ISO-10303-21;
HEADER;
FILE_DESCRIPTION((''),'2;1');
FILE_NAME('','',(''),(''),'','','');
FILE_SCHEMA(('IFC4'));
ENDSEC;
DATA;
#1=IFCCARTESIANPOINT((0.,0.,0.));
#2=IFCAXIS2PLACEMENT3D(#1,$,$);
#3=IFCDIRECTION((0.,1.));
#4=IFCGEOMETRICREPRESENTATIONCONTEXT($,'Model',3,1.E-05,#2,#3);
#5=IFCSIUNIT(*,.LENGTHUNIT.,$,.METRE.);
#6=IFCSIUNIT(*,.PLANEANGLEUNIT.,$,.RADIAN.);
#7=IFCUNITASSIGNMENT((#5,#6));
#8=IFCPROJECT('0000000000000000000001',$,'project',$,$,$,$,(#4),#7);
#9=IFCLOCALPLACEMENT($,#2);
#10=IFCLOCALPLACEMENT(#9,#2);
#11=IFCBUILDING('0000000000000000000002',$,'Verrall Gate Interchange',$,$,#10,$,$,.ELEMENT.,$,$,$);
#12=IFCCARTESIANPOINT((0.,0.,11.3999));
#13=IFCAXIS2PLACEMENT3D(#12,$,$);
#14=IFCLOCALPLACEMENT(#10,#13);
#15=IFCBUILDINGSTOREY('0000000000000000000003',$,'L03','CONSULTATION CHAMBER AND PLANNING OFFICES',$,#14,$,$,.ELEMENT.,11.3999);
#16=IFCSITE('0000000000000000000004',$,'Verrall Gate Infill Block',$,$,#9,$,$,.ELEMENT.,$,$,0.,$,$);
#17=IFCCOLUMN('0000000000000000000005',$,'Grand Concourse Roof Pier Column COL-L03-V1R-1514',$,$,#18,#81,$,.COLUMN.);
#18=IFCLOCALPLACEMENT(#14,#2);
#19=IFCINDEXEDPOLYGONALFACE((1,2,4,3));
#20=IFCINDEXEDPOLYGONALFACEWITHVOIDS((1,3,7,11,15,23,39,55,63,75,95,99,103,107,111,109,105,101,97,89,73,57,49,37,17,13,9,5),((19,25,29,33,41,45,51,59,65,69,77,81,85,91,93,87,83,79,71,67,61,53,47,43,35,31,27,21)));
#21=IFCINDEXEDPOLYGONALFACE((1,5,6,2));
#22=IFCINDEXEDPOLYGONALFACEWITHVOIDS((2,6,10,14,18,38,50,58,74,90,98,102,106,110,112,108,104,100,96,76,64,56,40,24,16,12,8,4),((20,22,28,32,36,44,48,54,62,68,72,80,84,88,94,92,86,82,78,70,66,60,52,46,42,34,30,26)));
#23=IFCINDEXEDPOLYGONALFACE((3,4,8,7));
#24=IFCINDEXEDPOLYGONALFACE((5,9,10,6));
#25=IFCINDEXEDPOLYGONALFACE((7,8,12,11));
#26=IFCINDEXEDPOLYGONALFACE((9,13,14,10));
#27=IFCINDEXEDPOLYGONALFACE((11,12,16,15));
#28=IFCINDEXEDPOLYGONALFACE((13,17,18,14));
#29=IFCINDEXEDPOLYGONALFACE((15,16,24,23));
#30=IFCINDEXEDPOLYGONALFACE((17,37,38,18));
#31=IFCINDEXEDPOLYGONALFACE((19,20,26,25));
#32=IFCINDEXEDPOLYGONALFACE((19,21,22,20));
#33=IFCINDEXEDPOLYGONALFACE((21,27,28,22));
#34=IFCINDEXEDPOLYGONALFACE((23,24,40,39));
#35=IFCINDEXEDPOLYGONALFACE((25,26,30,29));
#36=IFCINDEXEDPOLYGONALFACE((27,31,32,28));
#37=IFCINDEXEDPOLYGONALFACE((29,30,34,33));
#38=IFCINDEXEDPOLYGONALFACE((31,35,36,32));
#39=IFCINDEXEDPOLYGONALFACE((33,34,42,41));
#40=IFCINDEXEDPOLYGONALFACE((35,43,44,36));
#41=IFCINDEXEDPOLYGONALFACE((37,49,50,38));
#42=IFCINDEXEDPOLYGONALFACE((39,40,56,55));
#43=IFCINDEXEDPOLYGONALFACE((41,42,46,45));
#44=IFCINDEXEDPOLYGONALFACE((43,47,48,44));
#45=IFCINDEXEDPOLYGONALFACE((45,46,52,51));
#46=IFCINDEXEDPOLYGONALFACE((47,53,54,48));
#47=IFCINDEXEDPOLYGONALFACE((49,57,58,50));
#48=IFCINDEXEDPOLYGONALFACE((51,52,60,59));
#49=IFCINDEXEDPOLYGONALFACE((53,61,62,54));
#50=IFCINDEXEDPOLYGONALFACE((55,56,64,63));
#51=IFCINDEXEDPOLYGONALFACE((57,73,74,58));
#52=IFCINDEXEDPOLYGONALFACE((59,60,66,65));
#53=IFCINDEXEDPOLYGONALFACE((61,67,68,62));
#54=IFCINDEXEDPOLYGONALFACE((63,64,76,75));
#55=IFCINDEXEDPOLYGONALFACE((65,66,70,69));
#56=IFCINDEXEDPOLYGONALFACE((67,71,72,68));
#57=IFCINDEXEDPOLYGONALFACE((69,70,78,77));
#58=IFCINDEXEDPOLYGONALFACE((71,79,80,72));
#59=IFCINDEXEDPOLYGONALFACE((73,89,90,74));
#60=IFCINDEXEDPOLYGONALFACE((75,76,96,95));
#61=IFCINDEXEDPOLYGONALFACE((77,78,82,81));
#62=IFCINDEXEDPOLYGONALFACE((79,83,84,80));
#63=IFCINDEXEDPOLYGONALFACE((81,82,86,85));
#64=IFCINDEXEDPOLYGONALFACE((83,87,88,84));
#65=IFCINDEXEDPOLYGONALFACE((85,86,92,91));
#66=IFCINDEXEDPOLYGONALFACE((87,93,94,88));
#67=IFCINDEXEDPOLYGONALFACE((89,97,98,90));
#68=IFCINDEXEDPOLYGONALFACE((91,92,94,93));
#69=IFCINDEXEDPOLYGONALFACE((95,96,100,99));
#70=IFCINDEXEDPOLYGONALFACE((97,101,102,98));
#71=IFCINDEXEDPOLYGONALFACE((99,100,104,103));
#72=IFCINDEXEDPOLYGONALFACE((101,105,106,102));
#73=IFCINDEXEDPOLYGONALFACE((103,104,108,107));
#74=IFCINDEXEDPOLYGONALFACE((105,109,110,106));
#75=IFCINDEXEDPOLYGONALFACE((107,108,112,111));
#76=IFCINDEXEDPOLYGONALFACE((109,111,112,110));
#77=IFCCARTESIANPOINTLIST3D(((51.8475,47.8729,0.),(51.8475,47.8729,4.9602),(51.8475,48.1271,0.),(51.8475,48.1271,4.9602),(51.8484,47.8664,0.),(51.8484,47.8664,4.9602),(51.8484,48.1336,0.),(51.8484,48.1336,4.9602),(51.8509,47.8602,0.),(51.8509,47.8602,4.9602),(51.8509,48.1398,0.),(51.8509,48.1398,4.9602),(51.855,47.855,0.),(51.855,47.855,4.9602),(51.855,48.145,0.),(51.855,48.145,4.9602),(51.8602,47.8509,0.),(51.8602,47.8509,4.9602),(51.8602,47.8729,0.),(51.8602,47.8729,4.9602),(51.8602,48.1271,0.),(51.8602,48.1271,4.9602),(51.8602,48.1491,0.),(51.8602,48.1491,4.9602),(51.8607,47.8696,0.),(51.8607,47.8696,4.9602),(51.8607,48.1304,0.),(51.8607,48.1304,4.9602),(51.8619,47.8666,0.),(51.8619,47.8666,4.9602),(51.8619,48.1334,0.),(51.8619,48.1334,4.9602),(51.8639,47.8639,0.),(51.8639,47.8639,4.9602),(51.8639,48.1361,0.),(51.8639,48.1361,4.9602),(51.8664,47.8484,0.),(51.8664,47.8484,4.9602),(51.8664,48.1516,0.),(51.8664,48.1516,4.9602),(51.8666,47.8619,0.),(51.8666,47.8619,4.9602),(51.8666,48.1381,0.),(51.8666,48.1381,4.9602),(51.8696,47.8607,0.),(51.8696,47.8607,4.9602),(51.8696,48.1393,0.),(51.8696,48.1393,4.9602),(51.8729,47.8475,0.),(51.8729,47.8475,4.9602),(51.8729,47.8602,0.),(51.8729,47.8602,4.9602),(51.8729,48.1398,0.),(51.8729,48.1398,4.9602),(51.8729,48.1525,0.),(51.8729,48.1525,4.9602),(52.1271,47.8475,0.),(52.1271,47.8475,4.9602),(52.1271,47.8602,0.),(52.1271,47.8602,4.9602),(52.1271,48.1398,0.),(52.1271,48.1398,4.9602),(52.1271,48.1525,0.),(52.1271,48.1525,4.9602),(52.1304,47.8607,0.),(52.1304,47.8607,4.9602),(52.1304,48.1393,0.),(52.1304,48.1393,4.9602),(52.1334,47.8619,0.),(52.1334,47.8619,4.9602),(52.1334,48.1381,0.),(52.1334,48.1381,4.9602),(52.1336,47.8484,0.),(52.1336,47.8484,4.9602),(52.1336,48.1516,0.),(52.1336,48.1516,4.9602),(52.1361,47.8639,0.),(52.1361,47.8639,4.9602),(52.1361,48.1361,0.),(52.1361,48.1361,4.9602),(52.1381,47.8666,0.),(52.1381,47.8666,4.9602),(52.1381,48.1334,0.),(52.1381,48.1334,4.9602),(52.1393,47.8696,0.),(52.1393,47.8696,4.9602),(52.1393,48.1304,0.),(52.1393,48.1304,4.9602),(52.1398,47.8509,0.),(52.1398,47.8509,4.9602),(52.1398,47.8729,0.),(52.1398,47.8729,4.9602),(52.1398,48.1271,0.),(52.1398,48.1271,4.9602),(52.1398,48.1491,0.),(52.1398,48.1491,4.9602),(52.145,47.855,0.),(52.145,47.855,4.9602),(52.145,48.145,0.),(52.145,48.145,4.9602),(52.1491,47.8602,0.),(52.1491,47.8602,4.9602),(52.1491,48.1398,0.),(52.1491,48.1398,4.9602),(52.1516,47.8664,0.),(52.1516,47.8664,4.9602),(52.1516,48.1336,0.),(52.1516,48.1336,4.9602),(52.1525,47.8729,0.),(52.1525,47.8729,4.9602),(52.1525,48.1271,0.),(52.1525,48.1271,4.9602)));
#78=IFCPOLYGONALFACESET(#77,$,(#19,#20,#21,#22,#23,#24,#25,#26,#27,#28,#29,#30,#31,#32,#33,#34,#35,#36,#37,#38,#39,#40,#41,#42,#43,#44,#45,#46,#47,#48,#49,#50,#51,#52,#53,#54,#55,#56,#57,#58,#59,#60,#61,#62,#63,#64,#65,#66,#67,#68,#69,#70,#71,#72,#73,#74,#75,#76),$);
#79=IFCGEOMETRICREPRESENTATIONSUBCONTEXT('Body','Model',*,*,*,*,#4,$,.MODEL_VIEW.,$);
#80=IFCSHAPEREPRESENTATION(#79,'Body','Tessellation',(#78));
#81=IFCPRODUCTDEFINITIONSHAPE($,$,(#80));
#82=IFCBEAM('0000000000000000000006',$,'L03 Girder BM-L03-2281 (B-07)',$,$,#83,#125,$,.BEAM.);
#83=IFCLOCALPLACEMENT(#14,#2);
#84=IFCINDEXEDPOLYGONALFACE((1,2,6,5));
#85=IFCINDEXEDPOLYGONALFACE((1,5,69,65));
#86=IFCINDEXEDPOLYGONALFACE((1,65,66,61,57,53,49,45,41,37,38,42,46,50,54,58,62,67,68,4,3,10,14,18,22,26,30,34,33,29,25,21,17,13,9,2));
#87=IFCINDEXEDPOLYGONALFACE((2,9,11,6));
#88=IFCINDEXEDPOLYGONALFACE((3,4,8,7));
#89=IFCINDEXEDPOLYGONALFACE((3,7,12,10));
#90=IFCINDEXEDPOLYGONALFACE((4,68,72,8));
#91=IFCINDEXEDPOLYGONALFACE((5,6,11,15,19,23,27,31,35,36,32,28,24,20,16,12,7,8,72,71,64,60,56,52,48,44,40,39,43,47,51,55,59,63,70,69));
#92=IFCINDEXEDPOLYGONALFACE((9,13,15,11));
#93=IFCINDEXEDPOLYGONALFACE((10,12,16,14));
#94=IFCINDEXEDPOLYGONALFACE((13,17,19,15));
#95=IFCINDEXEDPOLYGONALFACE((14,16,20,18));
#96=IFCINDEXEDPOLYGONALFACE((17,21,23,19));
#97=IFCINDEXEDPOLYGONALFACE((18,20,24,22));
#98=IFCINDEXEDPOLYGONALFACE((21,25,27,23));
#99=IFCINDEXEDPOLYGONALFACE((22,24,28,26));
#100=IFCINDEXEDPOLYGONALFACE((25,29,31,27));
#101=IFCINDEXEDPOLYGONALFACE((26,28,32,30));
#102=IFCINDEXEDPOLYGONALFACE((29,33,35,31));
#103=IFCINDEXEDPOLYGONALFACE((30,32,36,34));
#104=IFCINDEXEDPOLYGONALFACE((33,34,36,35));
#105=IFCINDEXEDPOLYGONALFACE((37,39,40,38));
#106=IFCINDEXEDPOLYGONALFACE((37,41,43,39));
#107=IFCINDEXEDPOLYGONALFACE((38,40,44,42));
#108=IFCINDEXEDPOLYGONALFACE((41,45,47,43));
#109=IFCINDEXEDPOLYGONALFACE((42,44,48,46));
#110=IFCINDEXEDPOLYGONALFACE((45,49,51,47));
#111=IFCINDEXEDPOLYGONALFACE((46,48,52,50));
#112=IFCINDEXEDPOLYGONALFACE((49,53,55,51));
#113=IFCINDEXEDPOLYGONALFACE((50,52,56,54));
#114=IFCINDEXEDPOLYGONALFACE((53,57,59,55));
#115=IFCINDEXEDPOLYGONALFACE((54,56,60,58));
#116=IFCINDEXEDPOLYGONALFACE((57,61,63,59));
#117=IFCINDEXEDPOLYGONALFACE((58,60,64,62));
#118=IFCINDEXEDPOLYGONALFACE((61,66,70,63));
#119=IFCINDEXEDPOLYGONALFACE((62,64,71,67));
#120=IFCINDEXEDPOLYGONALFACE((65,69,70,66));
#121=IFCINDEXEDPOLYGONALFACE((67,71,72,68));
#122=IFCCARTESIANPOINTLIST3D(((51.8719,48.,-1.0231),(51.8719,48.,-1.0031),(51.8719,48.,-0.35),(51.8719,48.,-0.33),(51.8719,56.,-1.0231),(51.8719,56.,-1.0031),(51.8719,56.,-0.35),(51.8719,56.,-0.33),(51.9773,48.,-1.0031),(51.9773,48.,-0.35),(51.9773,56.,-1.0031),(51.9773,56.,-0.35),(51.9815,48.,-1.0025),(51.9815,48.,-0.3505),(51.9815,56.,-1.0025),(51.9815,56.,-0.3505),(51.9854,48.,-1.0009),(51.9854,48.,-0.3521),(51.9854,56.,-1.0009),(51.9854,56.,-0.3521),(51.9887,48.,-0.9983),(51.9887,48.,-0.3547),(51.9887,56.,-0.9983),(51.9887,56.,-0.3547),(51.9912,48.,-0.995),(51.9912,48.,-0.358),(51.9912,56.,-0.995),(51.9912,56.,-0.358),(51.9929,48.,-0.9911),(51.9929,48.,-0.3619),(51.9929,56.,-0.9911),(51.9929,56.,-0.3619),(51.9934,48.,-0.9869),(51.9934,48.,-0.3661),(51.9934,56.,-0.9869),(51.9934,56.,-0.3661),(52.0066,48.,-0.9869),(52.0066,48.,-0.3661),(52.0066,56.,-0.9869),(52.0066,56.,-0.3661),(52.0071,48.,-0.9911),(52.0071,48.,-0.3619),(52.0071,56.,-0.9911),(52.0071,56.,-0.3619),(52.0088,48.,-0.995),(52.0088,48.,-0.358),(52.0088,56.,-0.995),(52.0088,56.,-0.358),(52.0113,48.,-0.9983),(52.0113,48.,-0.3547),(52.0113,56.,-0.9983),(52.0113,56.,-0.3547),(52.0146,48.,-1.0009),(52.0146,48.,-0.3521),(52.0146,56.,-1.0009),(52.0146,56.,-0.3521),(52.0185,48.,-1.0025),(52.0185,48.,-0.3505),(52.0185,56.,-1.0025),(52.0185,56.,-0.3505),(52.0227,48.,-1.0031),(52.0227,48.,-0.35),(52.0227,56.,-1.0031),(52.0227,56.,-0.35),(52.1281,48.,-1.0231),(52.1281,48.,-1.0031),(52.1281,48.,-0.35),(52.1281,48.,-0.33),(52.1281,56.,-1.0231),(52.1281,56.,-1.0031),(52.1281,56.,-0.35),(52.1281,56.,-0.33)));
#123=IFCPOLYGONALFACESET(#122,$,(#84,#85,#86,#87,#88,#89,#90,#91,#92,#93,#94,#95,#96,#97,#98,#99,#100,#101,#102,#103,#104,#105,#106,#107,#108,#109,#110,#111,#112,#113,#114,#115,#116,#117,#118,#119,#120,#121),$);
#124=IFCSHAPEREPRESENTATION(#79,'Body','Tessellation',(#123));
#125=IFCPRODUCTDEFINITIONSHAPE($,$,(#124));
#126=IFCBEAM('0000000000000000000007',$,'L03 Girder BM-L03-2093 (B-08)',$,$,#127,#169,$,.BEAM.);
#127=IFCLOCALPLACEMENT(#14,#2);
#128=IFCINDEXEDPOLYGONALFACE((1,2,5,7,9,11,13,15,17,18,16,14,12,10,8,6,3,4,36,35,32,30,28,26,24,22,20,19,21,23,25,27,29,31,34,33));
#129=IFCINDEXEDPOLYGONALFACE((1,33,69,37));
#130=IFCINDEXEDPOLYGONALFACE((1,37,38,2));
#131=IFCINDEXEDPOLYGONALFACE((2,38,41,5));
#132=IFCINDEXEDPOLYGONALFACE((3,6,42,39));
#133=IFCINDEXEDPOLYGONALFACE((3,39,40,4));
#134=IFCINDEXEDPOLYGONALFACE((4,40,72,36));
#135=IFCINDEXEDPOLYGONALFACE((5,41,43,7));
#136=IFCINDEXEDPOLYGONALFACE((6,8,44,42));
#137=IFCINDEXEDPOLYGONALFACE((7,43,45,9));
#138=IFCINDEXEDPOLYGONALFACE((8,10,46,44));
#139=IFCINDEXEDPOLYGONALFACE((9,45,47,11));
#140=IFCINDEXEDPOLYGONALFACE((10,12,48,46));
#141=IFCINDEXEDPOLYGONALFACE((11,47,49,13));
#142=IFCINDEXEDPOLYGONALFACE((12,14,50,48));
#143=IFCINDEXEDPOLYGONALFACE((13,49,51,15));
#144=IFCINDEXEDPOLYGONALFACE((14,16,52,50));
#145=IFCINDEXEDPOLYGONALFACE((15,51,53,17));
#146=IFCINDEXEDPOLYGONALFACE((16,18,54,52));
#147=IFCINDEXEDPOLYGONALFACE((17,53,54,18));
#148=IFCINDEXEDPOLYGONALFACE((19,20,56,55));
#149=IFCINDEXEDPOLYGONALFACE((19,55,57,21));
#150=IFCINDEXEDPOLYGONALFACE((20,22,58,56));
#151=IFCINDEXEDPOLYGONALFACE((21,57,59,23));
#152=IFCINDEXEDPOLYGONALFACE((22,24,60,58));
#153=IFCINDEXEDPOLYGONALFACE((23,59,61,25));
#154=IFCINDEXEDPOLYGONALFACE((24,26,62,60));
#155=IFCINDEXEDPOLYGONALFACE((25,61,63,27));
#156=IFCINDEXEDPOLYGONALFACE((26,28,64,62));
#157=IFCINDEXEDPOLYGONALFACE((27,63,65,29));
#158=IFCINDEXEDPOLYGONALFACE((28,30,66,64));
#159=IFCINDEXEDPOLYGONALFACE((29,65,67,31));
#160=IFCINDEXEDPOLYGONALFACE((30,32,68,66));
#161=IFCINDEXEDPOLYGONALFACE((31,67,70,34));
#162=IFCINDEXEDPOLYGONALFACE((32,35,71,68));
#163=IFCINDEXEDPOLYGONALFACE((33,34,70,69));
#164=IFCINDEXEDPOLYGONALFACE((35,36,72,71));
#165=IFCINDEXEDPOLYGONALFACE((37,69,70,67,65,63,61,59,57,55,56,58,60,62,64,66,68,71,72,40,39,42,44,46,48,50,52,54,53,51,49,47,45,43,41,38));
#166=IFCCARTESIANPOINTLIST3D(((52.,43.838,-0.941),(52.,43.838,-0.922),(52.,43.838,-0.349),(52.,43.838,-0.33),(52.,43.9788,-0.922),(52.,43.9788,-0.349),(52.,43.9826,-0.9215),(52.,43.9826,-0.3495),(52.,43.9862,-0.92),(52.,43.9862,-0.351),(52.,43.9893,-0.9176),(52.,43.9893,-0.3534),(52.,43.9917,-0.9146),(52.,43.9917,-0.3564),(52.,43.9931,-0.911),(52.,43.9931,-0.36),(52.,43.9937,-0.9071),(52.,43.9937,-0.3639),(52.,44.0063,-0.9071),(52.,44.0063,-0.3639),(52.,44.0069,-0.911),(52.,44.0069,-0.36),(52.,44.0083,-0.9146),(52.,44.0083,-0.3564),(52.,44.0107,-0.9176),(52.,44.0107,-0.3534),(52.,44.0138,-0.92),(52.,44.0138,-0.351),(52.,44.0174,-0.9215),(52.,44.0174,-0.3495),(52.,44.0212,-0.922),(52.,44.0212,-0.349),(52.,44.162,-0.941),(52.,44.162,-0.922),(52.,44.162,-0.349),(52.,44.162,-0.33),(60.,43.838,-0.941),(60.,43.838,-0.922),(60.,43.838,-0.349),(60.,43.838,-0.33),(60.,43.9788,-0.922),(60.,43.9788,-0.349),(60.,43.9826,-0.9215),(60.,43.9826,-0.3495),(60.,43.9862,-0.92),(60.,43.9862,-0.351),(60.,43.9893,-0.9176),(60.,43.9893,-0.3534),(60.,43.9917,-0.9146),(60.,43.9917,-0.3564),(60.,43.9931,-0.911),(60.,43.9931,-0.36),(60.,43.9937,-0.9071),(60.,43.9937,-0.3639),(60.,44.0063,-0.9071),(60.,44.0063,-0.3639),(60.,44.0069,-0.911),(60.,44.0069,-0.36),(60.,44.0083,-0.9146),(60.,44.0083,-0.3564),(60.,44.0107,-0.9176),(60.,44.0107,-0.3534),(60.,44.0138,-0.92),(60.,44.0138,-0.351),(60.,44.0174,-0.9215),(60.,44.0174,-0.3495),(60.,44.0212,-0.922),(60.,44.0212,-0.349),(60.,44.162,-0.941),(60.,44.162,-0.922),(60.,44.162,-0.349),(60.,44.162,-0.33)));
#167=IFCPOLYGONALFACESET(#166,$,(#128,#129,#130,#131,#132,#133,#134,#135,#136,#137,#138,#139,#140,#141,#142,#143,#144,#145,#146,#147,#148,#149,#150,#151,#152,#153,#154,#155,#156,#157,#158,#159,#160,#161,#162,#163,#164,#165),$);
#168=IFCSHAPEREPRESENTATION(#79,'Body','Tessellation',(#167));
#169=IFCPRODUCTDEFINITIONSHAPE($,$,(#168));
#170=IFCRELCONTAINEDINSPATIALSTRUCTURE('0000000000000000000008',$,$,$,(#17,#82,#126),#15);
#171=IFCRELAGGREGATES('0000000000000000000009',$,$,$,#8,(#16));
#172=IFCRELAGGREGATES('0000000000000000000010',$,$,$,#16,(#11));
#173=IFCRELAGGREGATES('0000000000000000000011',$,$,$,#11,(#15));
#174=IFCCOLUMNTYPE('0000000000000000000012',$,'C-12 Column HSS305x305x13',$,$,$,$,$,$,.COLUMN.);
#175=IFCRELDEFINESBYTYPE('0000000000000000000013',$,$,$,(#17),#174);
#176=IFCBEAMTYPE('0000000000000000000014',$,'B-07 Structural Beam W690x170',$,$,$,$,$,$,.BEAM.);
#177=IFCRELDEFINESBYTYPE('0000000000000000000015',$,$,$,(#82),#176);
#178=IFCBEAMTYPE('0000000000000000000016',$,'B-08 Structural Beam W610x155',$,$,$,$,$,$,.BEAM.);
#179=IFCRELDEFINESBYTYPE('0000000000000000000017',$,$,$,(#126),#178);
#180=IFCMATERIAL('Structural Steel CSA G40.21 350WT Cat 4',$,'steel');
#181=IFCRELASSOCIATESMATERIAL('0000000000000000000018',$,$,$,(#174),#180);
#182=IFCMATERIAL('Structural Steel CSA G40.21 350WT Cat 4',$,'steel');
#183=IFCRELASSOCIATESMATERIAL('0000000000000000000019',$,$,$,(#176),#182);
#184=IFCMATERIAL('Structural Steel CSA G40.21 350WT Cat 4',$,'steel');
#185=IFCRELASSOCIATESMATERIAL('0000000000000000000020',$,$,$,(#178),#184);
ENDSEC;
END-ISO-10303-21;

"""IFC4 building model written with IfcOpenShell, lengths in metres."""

from ifc_helpers import new_model, si_unit, direction, frame, origin, origin_2d, place, context, subcontext, project, spatial, hollow_rectangle, i_section, extrude, material, material_profile, profile_set, type_object, element, save


model = new_model("IFC4")

# Units and contexts
model_context = context("Model", 3, precision=1e-05, world=origin(), true_north=direction((0.0, 1.0)))
body_context = subcontext(model_context, "Body", "Model", "MODEL_VIEW")
ifc_project = project(units=[si_unit("LENGTHUNIT", "METRE"), si_unit("PLANEANGLEUNIT", "RADIAN")], contexts=[model_context])

# Site, building, storey
site_placement = place(None, origin())
site = spatial("IfcSite", under=ifc_project, at=site_placement, Name="Verrall Gate Infill Block", CompositionType="ELEMENT", RefElevation=0.0)
building_placement = place(site_placement, origin())
building = spatial("IfcBuilding", under=site, at=building_placement, Name="Verrall Gate Interchange", CompositionType="ELEMENT")
storey_placement = place(building_placement, frame((0.0, 0.0, 11.3999)))
storey = spatial("IfcBuildingStorey", under=building, at=storey_placement, Name="L03", Description="CONSULTATION CHAMBER AND PLANNING OFFICES", CompositionType="ELEMENT", Elevation=11.3999)

# Column
ifc_material_1 = material(Name="Structural Steel CSA G40.21 350WT Cat 4", Category="steel")
ifc_material_profile_1 = material_profile(ifc_material_1, hollow_rectangle(XDim=0.3049, YDim=0.3049, WallThickness=0.0127, InnerFilletRadius=0.0127, OuterFilletRadius=0.0254, at=origin_2d()), Name="HSS305x305x13")
ifc_profile_set_1 = profile_set([ifc_material_profile_1], Name="Structural Steel CSA G40.21 350WT Cat 4")
column_type = type_object("IfcColumnType", Name="C-12 Column HSS305x305x13", PredefinedType="COLUMN", material=ifc_profile_set_1)
column_placement = place(storey_placement, frame((52.0, 48.0, 0.0), z_axis=(0.0, 0.0, 1.0), x_axis=(1.0, 0.0, 0.0)))
element("IfcColumn", 1, at=column_placement, inside=storey, type_object=column_type, Name="Grand Concourse Roof Pier Column COL-L03-V1R-1514", PredefinedType="COLUMN", context=body_context, shape_type="SweptSolid", body=[
    extrude(hollow_rectangle(XDim=0.3049, YDim=0.3049, WallThickness=0.0127, InnerFilletRadius=0.0127, OuterFilletRadius=0.0254, at=origin_2d()), origin(), (0.0, 0.0, 1.0), 4.9602),
])

# Beams
ifc_material_2 = material(Name="Structural Steel CSA G40.21 350WT Cat 4", Category="steel")
ifc_material_profile_2 = material_profile(ifc_material_2, i_section(OverallWidth=0.2561, OverallDepth=0.6931, WebThickness=0.0132, FlangeThickness=0.02, FilletRadius=0.0161, at=origin_2d()), Name="W690x170")
ifc_profile_set_2 = profile_set([ifc_material_profile_2], Name="Structural Steel CSA G40.21 350WT Cat 4")
beam_type_1 = type_object("IfcBeamType", Name="B-07 Structural Beam W690x170", PredefinedType="BEAM", material=ifc_profile_set_2)
beam_1_placement = place(storey_placement, frame((52.0, 48.0, -0.6765), z_axis=(0.0, 1.0, 0.0), x_axis=(-1.0, 0.0, 0.0)))
element("IfcBeam", 2, at=beam_1_placement, inside=storey, type_object=beam_type_1, Name="L03 Girder BM-L03-2281 (B-07)", PredefinedType="BEAM", context=body_context, shape_type="SweptSolid", body=[
    extrude(i_section(OverallWidth=0.2561, OverallDepth=0.6931, WebThickness=0.0132, FlangeThickness=0.02, FilletRadius=0.0161, at=origin_2d()), origin(), (0.0, 0.0, 1.0), 8.0),
])
ifc_material_3 = material(Name="Structural Steel CSA G40.21 350WT Cat 4", Category="steel")
ifc_material_profile_3 = material_profile(ifc_material_3, i_section(OverallWidth=0.324, OverallDepth=0.6111, WebThickness=0.0127, FlangeThickness=0.019, FilletRadius=0.0149, at=origin_2d()), Name="W610x155")
ifc_profile_set_3 = profile_set([ifc_material_profile_3], Name="Structural Steel CSA G40.21 350WT Cat 4")
beam_type_2 = type_object("IfcBeamType", Name="B-08 Structural Beam W610x155", PredefinedType="BEAM", material=ifc_profile_set_3)
for number, where, z_axis, x_axis, name in (
    (3, (52.0, 44.0, -0.6355), (1.0, 0.0, 0.0), (0.0, 1.0, 0.0), "L03 Girder BM-L03-2093 (B-08)"),
):
    element("IfcBeam", number, at=place(storey_placement, frame(where, z_axis=z_axis, x_axis=x_axis)), inside=storey, type_object=beam_type_2, Name=name, PredefinedType="BEAM", context=body_context, shape_type="SweptSolid", body=[
        extrude(i_section(OverallWidth=0.324, OverallDepth=0.6111, WebThickness=0.0127, FlangeThickness=0.019, FilletRadius=0.0149, at=origin_2d()), origin(), (0.0, 0.0, 1.0), 8.0),
    ])

save(model, "model.ifc")
